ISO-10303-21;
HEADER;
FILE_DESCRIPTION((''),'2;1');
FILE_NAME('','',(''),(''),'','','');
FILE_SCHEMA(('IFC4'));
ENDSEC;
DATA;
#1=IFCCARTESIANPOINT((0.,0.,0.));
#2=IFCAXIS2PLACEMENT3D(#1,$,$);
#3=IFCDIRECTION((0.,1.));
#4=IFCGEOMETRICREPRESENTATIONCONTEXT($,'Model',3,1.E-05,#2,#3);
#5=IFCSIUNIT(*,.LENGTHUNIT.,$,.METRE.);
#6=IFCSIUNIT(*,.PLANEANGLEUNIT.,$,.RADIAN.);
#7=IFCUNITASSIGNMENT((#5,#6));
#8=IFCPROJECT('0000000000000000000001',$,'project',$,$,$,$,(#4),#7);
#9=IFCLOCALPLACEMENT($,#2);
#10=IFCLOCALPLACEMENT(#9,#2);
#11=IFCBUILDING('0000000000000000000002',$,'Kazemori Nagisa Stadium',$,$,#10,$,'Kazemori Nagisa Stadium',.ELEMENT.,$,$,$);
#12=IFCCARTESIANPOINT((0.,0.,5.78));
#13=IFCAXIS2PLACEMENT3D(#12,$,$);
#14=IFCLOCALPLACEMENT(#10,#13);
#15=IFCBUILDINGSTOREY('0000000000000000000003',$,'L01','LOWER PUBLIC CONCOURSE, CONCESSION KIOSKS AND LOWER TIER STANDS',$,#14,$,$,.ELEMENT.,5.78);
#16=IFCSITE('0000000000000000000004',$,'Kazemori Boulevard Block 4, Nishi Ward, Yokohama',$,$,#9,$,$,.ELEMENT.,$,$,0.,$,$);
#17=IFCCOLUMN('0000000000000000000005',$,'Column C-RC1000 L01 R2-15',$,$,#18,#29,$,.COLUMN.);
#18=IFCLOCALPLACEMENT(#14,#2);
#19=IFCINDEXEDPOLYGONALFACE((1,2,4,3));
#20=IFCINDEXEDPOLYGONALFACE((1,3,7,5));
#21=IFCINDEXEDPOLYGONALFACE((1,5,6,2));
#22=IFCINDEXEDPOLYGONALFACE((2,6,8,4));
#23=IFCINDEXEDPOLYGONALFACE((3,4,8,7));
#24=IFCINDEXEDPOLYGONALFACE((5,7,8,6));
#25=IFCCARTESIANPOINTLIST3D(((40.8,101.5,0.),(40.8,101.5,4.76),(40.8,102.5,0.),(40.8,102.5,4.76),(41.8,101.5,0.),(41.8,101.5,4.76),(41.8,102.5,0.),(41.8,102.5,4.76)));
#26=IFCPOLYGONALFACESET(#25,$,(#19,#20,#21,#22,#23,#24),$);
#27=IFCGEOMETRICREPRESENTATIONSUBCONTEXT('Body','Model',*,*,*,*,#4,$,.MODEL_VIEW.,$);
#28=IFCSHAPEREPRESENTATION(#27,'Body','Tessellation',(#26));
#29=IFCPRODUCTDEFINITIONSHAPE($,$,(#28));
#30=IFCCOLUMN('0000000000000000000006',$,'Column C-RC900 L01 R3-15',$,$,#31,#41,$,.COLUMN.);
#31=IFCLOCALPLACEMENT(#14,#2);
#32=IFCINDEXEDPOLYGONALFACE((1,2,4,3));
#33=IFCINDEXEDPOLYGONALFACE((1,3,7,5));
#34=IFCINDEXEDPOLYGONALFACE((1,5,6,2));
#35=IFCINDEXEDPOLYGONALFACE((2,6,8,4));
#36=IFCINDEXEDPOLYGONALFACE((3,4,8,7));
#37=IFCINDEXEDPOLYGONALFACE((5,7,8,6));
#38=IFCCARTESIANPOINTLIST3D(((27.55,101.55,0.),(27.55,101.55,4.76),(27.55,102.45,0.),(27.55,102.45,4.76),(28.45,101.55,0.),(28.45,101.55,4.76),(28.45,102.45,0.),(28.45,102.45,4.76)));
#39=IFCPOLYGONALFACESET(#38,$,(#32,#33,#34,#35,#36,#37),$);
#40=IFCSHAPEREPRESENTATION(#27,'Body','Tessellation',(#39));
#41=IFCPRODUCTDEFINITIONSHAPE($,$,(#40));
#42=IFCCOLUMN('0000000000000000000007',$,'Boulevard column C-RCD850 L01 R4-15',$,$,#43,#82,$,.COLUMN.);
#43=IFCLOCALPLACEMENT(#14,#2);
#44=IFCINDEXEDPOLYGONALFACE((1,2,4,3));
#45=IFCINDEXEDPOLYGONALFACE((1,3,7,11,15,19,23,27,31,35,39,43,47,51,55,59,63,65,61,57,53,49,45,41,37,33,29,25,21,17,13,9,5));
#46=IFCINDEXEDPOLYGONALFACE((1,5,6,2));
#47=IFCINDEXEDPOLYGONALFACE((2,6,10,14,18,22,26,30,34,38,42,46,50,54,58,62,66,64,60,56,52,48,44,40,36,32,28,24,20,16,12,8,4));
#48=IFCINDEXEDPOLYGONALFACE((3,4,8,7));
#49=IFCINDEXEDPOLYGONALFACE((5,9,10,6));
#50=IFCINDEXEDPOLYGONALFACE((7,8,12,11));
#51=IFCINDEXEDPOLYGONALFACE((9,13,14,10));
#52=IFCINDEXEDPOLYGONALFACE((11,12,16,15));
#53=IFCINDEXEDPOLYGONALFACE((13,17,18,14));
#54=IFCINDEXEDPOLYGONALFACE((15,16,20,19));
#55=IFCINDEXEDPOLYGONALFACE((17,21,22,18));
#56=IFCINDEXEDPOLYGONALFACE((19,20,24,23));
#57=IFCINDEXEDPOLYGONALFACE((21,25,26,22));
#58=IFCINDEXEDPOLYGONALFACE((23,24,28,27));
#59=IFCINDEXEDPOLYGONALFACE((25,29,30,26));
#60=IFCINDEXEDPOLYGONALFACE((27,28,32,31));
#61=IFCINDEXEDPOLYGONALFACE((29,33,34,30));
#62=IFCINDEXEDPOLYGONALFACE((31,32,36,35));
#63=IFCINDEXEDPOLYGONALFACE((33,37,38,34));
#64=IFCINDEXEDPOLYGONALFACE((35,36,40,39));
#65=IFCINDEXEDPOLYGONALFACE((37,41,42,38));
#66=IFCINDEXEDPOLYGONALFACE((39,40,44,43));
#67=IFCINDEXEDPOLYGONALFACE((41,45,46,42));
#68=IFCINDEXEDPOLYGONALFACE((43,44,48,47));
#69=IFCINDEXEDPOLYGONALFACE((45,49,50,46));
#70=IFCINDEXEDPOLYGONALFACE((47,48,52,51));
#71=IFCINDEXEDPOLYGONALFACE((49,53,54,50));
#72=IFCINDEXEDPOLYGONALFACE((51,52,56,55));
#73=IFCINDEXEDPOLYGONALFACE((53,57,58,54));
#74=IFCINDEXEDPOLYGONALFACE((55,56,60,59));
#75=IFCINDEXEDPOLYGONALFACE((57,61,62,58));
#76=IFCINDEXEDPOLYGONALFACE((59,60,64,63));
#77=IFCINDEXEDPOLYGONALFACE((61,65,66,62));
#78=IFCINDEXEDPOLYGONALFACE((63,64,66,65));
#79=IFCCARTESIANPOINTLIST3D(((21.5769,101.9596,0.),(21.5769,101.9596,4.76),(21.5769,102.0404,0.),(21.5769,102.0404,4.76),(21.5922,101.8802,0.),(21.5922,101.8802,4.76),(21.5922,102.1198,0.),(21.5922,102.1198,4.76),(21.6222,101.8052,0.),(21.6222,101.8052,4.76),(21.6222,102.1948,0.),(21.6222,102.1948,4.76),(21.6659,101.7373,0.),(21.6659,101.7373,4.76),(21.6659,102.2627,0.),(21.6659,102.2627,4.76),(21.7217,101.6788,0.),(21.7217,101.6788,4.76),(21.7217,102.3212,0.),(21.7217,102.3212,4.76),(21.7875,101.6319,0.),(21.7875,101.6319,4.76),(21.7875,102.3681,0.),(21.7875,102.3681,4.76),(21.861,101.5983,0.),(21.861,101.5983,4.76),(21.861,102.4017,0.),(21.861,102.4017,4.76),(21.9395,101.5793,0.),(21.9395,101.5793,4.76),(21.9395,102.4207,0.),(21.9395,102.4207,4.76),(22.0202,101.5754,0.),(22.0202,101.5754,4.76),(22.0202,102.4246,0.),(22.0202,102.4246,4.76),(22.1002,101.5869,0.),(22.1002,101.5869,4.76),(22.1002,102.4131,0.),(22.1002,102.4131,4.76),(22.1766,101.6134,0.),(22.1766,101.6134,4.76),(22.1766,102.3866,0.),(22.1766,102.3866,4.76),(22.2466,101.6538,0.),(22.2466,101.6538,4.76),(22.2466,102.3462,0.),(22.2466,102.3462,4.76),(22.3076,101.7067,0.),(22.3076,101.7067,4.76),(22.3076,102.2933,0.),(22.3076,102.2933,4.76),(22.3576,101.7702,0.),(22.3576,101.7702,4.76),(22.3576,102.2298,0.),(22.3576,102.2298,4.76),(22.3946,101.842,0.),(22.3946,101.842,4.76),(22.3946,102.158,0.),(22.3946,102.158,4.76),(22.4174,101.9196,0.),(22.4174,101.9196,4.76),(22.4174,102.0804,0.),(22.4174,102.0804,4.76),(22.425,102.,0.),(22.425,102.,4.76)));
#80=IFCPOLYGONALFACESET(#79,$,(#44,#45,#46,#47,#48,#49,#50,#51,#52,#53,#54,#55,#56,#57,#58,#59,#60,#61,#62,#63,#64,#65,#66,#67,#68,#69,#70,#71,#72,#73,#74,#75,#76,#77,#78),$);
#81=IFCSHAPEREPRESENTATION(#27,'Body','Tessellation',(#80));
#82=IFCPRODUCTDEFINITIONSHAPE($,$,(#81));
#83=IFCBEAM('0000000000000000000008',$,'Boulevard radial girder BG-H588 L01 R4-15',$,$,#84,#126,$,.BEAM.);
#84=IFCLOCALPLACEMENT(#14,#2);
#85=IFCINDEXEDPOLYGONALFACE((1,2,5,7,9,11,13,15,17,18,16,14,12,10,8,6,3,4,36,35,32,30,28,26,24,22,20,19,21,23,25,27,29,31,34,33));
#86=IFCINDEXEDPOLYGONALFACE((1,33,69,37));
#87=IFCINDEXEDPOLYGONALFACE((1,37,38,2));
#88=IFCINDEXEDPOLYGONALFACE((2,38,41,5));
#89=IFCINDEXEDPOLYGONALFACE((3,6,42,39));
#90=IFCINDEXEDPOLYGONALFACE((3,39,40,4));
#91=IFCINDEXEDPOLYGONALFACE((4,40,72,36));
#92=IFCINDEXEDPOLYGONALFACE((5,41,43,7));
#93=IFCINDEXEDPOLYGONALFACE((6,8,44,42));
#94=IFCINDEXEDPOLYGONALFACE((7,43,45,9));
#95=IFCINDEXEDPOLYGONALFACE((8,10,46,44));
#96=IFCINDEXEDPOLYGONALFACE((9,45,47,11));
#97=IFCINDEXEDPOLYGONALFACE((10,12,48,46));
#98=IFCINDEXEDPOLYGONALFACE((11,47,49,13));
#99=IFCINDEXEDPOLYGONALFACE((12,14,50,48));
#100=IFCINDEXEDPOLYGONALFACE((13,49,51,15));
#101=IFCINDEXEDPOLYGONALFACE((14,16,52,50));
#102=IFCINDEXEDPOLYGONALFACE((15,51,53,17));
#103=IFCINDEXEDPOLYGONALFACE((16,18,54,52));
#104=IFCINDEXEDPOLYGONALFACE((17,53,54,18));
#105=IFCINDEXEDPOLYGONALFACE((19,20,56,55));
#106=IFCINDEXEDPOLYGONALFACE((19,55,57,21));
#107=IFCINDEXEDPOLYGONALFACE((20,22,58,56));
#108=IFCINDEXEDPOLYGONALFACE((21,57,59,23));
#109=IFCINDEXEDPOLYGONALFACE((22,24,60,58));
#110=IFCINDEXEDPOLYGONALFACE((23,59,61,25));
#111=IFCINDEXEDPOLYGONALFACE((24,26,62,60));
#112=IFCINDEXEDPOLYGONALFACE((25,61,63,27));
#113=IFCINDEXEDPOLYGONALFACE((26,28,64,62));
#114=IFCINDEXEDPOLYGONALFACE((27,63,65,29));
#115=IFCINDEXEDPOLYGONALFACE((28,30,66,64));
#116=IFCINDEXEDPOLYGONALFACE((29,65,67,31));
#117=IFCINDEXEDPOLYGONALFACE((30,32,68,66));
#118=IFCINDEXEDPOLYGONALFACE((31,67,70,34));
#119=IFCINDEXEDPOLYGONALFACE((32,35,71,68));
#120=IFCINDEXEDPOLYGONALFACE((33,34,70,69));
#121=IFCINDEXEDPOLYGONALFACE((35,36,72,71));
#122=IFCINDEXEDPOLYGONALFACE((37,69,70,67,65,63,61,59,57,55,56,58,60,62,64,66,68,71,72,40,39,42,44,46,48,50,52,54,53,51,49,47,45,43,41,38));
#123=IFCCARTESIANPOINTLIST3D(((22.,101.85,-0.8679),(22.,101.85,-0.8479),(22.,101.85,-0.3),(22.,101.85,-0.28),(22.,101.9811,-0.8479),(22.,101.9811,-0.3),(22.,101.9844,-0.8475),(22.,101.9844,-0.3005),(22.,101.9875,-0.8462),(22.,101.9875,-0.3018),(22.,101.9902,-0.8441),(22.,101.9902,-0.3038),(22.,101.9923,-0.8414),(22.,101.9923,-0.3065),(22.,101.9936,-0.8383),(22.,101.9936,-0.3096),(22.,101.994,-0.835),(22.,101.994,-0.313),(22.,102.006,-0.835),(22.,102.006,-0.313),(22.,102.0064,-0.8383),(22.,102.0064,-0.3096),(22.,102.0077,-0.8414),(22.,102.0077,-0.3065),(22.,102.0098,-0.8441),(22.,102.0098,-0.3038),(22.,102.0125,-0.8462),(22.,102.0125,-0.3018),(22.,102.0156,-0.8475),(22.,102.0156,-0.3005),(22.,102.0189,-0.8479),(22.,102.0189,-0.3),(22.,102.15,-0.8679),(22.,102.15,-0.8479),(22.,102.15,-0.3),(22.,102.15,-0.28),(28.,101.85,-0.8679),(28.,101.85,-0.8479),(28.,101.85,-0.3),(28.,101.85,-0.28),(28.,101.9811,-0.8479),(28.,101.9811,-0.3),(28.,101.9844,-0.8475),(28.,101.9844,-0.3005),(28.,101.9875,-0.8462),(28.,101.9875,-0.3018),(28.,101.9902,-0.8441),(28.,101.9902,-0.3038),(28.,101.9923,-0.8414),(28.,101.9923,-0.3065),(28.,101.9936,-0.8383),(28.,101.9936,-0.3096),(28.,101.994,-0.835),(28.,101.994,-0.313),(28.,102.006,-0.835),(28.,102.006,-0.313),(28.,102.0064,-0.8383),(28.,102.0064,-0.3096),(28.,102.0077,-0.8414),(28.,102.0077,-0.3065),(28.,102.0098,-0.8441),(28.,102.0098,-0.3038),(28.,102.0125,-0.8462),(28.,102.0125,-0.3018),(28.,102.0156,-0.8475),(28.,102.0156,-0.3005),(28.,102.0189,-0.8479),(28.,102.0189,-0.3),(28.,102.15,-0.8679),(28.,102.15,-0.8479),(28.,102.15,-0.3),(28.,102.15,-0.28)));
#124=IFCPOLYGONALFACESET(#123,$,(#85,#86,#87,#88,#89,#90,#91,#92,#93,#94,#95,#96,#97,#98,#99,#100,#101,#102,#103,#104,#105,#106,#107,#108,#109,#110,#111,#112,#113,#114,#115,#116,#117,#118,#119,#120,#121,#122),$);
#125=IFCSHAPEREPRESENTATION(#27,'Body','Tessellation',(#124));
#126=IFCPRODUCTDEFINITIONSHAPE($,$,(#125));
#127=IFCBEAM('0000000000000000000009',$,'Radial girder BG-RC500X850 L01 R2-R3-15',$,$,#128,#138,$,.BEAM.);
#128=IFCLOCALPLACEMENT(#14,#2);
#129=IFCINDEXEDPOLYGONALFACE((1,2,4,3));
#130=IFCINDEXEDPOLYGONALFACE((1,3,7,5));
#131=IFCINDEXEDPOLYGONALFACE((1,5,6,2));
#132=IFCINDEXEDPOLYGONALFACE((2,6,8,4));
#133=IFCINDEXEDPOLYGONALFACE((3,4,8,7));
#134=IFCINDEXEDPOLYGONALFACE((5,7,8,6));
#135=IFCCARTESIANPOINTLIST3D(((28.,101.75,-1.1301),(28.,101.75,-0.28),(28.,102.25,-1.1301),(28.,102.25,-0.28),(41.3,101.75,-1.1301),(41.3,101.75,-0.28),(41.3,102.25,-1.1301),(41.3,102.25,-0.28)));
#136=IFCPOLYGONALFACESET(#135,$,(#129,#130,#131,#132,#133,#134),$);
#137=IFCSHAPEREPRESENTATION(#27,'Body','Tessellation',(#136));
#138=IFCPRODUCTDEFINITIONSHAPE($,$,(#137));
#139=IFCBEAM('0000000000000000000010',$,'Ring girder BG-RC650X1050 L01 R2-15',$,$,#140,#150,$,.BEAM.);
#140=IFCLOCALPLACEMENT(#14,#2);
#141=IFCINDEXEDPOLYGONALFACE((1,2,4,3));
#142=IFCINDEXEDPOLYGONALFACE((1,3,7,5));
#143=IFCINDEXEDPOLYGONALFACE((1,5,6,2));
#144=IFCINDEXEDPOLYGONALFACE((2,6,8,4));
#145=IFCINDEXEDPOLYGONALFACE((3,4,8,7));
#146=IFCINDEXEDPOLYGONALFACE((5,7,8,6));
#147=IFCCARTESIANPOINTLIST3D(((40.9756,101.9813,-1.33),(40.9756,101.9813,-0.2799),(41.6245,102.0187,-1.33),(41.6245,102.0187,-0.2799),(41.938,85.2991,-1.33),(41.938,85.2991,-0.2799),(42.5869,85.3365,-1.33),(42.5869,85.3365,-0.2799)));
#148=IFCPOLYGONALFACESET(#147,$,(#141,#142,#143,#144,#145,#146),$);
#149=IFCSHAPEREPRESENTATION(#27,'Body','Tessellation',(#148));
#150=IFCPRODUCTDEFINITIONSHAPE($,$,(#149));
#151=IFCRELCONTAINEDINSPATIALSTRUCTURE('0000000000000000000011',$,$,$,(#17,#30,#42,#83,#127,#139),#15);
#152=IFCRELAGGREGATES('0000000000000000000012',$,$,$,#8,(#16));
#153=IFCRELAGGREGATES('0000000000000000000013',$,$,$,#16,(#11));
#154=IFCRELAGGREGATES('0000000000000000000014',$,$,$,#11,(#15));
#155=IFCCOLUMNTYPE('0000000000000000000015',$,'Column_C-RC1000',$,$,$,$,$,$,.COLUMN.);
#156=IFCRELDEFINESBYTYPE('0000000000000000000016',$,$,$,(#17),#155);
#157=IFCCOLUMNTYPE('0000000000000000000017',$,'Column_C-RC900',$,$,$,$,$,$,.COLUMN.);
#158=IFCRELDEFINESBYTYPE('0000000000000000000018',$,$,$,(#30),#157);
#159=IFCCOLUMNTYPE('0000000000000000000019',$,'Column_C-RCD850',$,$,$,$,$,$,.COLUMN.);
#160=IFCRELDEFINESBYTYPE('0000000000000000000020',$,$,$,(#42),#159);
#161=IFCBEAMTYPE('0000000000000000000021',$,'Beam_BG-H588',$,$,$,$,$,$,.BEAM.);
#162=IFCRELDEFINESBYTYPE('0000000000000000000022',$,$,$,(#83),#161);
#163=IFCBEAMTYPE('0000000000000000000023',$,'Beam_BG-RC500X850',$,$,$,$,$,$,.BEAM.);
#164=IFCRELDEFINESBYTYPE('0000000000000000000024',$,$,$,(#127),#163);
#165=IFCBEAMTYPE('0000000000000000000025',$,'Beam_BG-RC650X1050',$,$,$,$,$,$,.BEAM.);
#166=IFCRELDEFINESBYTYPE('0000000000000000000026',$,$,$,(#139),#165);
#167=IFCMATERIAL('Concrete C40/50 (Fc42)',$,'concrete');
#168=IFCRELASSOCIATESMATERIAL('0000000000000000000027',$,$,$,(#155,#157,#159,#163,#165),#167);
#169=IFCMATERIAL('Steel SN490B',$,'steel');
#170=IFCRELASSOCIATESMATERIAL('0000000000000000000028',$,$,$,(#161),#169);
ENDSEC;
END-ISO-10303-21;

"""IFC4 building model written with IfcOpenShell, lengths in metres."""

from ifc_helpers import new_model, si_unit, direction, frame, origin, origin_2d, place, context, subcontext, project, spatial, rectangle, circle, i_section, extrude, material, material_profile, profile_set, type_object, element, save


model = new_model("IFC4")

# Units and contexts
model_context = context("Model", 3, precision=1e-05, world=origin(), true_north=direction((0.0, 1.0)))
body_context = subcontext(model_context, "Body", "Model", "MODEL_VIEW")
ifc_project = project(units=[si_unit("LENGTHUNIT", "METRE"), si_unit("PLANEANGLEUNIT", "RADIAN")], contexts=[model_context])

# Site, building, storey
site_placement = place(None, origin())
site = spatial("IfcSite", under=ifc_project, at=site_placement, Name="Kazemori Boulevard Block 4, Nishi Ward, Yokohama", CompositionType="ELEMENT", RefElevation=0.0)
building_placement = place(site_placement, origin())
building = spatial("IfcBuilding", under=site, at=building_placement, Name="Kazemori Nagisa Stadium", LongName="Kazemori Nagisa Stadium", CompositionType="ELEMENT")
storey_placement = place(building_placement, frame((0.0, 0.0, 5.78)))
storey = spatial("IfcBuildingStorey", under=building, at=storey_placement, Name="L01", Description="LOWER PUBLIC CONCOURSE, CONCESSION KIOSKS AND LOWER TIER STANDS", CompositionType="ELEMENT", Elevation=5.78)

# Columns
ifc_material_1 = material(Name="Concrete C40/50 (Fc42)", Category="concrete")
ifc_material_profile_1 = material_profile(ifc_material_1, rectangle(XDim=1.0, YDim=1.0, at=origin_2d()), Name="RC-COL-1000x1000")
ifc_profile_set_1 = profile_set([ifc_material_profile_1], Name="Concrete C40/50 (Fc42)")
column_type_1 = type_object("IfcColumnType", Name="Column_C-RC1000", PredefinedType="COLUMN", material=ifc_profile_set_1)
column_1_placement = place(storey_placement, frame((41.3, 102.0, 0.0), z_axis=(0.0, 0.0, 1.0), x_axis=(-1.0, 0.0, 0.0)))
element("IfcColumn", 1, at=column_1_placement, inside=storey, type_object=column_type_1, Name="Column C-RC1000 L01 R2-15", PredefinedType="COLUMN", context=body_context, shape_type="SweptSolid", body=[
    extrude(rectangle(XDim=1.0, YDim=1.0, at=origin_2d()), origin(), (0.0, 0.0, 1.0), 4.76),
])
ifc_material_profile_2 = material_profile(ifc_material_1, rectangle(XDim=0.8999, YDim=0.8999, at=origin_2d()), Name="RC-COL-900x900")
ifc_profile_set_2 = profile_set([ifc_material_profile_2], Name="Concrete C40/50 (Fc42)")
column_type_2 = type_object("IfcColumnType", Name="Column_C-RC900", PredefinedType="COLUMN", material=ifc_profile_set_2)
column_2_placement = place(storey_placement, frame((28.0, 102.0, 0.0), z_axis=(0.0, 0.0, 1.0), x_axis=(-1.0, 0.0, 0.0)))
element("IfcColumn", 2, at=column_2_placement, inside=storey, type_object=column_type_2, Name="Column C-RC900 L01 R3-15", PredefinedType="COLUMN", context=body_context, shape_type="SweptSolid", body=[
    extrude(rectangle(XDim=0.8999, YDim=0.8999, at=origin_2d()), origin(), (0.0, 0.0, 1.0), 4.76),
])
ifc_material_profile_3 = material_profile(ifc_material_1, circle(Radius=0.425, at=origin_2d()), Name="RC-COL-D850")
ifc_profile_set_3 = profile_set([ifc_material_profile_3], Name="Concrete C40/50 (Fc42)")
column_type_3 = type_object("IfcColumnType", Name="Column_C-RCD850", PredefinedType="COLUMN", material=ifc_profile_set_3)
column_3_placement = place(storey_placement, frame((22.0, 102.0, 0.0), z_axis=(0.0, 0.0, 1.0), x_axis=(1.0, 0.0, 0.0)))
element("IfcColumn", 3, at=column_3_placement, inside=storey, type_object=column_type_3, Name="Boulevard column C-RCD850 L01 R4-15", PredefinedType="COLUMN", context=body_context, shape_type="SweptSolid", body=[
    extrude(circle(Radius=0.425, at=origin_2d()), origin(), (0.0, 0.0, 1.0), 4.76),
])

# Beams
ifc_material_2 = material(Name="Steel SN490B", Category="steel")
ifc_material_profile_4 = material_profile(ifc_material_2, i_section(OverallWidth=0.3, OverallDepth=0.5879, WebThickness=0.012, FlangeThickness=0.02, FilletRadius=0.0129, at=origin_2d()), Name="H-588x300x12x20")
ifc_profile_set_4 = profile_set([ifc_material_profile_4], Name="Steel SN490B")
beam_type_1 = type_object("IfcBeamType", Name="Beam_BG-H588", PredefinedType="BEAM", material=ifc_profile_set_4)
beam_1_placement = place(storey_placement, frame((28.0, 102.0, -0.574), z_axis=(-1.0, 0.0, 0.0), x_axis=(0.0, -1.0, 0.0)))
element("IfcBeam", 4, at=beam_1_placement, inside=storey, type_object=beam_type_1, Name="Boulevard radial girder BG-H588 L01 R4-15", PredefinedType="BEAM", context=body_context, shape_type="SweptSolid", body=[
    extrude(i_section(OverallWidth=0.3, OverallDepth=0.5879, WebThickness=0.012, FlangeThickness=0.02, FilletRadius=0.0129, at=origin_2d()), origin(), (0.0, 0.0, 1.0), 6.0),
])
ifc_material_profile_5 = material_profile(ifc_material_1, rectangle(XDim=0.5, YDim=0.8501, at=origin_2d()), Name="RC-BM-500x850")
ifc_profile_set_5 = profile_set([ifc_material_profile_5], Name="Concrete C40/50 (Fc42)")
beam_type_2 = type_object("IfcBeamType", Name="Beam_BG-RC500X850", PredefinedType="BEAM", material=ifc_profile_set_5)
beam_2_placement = place(storey_placement, frame((41.3, 102.0, -0.7051), z_axis=(-1.0, 0.0, 0.0), x_axis=(0.0, -1.0, 0.0)))
element("IfcBeam", 5, at=beam_2_placement, inside=storey, type_object=beam_type_2, Name="Radial girder BG-RC500X850 L01 R2-R3-15", PredefinedType="BEAM", context=body_context, shape_type="SweptSolid", body=[
    extrude(rectangle(XDim=0.5, YDim=0.8501, at=origin_2d()), origin(), (0.0, 0.0, 1.0), 13.3),
])
ifc_material_profile_6 = material_profile(ifc_material_1, rectangle(XDim=0.6499, YDim=1.05, at=origin_2d()), Name="RC-BM-650x1050")
ifc_profile_set_6 = profile_set([ifc_material_profile_6], Name="Concrete C40/50 (Fc42)")
beam_type_3 = type_object("IfcBeamType", Name="Beam_BG-RC650X1050", PredefinedType="BEAM", material=ifc_profile_set_6)
beam_3_placement = place(storey_placement, frame((41.3, 102.0, -0.8049), z_axis=(0.057595, -0.99834, 0.0), x_axis=(0.99834, 0.057595, 0.0)))
element("IfcBeam", 6, at=beam_3_placement, inside=storey, type_object=beam_type_3, Name="Ring girder BG-RC650X1050 L01 R2-15", PredefinedType="BEAM", context=body_context, shape_type="SweptSolid", body=[
    extrude(rectangle(XDim=0.6499, YDim=1.05, at=origin_2d()), origin(), (0.0, 0.0, 1.0), 16.71),
])

save(model, "model.ifc")
